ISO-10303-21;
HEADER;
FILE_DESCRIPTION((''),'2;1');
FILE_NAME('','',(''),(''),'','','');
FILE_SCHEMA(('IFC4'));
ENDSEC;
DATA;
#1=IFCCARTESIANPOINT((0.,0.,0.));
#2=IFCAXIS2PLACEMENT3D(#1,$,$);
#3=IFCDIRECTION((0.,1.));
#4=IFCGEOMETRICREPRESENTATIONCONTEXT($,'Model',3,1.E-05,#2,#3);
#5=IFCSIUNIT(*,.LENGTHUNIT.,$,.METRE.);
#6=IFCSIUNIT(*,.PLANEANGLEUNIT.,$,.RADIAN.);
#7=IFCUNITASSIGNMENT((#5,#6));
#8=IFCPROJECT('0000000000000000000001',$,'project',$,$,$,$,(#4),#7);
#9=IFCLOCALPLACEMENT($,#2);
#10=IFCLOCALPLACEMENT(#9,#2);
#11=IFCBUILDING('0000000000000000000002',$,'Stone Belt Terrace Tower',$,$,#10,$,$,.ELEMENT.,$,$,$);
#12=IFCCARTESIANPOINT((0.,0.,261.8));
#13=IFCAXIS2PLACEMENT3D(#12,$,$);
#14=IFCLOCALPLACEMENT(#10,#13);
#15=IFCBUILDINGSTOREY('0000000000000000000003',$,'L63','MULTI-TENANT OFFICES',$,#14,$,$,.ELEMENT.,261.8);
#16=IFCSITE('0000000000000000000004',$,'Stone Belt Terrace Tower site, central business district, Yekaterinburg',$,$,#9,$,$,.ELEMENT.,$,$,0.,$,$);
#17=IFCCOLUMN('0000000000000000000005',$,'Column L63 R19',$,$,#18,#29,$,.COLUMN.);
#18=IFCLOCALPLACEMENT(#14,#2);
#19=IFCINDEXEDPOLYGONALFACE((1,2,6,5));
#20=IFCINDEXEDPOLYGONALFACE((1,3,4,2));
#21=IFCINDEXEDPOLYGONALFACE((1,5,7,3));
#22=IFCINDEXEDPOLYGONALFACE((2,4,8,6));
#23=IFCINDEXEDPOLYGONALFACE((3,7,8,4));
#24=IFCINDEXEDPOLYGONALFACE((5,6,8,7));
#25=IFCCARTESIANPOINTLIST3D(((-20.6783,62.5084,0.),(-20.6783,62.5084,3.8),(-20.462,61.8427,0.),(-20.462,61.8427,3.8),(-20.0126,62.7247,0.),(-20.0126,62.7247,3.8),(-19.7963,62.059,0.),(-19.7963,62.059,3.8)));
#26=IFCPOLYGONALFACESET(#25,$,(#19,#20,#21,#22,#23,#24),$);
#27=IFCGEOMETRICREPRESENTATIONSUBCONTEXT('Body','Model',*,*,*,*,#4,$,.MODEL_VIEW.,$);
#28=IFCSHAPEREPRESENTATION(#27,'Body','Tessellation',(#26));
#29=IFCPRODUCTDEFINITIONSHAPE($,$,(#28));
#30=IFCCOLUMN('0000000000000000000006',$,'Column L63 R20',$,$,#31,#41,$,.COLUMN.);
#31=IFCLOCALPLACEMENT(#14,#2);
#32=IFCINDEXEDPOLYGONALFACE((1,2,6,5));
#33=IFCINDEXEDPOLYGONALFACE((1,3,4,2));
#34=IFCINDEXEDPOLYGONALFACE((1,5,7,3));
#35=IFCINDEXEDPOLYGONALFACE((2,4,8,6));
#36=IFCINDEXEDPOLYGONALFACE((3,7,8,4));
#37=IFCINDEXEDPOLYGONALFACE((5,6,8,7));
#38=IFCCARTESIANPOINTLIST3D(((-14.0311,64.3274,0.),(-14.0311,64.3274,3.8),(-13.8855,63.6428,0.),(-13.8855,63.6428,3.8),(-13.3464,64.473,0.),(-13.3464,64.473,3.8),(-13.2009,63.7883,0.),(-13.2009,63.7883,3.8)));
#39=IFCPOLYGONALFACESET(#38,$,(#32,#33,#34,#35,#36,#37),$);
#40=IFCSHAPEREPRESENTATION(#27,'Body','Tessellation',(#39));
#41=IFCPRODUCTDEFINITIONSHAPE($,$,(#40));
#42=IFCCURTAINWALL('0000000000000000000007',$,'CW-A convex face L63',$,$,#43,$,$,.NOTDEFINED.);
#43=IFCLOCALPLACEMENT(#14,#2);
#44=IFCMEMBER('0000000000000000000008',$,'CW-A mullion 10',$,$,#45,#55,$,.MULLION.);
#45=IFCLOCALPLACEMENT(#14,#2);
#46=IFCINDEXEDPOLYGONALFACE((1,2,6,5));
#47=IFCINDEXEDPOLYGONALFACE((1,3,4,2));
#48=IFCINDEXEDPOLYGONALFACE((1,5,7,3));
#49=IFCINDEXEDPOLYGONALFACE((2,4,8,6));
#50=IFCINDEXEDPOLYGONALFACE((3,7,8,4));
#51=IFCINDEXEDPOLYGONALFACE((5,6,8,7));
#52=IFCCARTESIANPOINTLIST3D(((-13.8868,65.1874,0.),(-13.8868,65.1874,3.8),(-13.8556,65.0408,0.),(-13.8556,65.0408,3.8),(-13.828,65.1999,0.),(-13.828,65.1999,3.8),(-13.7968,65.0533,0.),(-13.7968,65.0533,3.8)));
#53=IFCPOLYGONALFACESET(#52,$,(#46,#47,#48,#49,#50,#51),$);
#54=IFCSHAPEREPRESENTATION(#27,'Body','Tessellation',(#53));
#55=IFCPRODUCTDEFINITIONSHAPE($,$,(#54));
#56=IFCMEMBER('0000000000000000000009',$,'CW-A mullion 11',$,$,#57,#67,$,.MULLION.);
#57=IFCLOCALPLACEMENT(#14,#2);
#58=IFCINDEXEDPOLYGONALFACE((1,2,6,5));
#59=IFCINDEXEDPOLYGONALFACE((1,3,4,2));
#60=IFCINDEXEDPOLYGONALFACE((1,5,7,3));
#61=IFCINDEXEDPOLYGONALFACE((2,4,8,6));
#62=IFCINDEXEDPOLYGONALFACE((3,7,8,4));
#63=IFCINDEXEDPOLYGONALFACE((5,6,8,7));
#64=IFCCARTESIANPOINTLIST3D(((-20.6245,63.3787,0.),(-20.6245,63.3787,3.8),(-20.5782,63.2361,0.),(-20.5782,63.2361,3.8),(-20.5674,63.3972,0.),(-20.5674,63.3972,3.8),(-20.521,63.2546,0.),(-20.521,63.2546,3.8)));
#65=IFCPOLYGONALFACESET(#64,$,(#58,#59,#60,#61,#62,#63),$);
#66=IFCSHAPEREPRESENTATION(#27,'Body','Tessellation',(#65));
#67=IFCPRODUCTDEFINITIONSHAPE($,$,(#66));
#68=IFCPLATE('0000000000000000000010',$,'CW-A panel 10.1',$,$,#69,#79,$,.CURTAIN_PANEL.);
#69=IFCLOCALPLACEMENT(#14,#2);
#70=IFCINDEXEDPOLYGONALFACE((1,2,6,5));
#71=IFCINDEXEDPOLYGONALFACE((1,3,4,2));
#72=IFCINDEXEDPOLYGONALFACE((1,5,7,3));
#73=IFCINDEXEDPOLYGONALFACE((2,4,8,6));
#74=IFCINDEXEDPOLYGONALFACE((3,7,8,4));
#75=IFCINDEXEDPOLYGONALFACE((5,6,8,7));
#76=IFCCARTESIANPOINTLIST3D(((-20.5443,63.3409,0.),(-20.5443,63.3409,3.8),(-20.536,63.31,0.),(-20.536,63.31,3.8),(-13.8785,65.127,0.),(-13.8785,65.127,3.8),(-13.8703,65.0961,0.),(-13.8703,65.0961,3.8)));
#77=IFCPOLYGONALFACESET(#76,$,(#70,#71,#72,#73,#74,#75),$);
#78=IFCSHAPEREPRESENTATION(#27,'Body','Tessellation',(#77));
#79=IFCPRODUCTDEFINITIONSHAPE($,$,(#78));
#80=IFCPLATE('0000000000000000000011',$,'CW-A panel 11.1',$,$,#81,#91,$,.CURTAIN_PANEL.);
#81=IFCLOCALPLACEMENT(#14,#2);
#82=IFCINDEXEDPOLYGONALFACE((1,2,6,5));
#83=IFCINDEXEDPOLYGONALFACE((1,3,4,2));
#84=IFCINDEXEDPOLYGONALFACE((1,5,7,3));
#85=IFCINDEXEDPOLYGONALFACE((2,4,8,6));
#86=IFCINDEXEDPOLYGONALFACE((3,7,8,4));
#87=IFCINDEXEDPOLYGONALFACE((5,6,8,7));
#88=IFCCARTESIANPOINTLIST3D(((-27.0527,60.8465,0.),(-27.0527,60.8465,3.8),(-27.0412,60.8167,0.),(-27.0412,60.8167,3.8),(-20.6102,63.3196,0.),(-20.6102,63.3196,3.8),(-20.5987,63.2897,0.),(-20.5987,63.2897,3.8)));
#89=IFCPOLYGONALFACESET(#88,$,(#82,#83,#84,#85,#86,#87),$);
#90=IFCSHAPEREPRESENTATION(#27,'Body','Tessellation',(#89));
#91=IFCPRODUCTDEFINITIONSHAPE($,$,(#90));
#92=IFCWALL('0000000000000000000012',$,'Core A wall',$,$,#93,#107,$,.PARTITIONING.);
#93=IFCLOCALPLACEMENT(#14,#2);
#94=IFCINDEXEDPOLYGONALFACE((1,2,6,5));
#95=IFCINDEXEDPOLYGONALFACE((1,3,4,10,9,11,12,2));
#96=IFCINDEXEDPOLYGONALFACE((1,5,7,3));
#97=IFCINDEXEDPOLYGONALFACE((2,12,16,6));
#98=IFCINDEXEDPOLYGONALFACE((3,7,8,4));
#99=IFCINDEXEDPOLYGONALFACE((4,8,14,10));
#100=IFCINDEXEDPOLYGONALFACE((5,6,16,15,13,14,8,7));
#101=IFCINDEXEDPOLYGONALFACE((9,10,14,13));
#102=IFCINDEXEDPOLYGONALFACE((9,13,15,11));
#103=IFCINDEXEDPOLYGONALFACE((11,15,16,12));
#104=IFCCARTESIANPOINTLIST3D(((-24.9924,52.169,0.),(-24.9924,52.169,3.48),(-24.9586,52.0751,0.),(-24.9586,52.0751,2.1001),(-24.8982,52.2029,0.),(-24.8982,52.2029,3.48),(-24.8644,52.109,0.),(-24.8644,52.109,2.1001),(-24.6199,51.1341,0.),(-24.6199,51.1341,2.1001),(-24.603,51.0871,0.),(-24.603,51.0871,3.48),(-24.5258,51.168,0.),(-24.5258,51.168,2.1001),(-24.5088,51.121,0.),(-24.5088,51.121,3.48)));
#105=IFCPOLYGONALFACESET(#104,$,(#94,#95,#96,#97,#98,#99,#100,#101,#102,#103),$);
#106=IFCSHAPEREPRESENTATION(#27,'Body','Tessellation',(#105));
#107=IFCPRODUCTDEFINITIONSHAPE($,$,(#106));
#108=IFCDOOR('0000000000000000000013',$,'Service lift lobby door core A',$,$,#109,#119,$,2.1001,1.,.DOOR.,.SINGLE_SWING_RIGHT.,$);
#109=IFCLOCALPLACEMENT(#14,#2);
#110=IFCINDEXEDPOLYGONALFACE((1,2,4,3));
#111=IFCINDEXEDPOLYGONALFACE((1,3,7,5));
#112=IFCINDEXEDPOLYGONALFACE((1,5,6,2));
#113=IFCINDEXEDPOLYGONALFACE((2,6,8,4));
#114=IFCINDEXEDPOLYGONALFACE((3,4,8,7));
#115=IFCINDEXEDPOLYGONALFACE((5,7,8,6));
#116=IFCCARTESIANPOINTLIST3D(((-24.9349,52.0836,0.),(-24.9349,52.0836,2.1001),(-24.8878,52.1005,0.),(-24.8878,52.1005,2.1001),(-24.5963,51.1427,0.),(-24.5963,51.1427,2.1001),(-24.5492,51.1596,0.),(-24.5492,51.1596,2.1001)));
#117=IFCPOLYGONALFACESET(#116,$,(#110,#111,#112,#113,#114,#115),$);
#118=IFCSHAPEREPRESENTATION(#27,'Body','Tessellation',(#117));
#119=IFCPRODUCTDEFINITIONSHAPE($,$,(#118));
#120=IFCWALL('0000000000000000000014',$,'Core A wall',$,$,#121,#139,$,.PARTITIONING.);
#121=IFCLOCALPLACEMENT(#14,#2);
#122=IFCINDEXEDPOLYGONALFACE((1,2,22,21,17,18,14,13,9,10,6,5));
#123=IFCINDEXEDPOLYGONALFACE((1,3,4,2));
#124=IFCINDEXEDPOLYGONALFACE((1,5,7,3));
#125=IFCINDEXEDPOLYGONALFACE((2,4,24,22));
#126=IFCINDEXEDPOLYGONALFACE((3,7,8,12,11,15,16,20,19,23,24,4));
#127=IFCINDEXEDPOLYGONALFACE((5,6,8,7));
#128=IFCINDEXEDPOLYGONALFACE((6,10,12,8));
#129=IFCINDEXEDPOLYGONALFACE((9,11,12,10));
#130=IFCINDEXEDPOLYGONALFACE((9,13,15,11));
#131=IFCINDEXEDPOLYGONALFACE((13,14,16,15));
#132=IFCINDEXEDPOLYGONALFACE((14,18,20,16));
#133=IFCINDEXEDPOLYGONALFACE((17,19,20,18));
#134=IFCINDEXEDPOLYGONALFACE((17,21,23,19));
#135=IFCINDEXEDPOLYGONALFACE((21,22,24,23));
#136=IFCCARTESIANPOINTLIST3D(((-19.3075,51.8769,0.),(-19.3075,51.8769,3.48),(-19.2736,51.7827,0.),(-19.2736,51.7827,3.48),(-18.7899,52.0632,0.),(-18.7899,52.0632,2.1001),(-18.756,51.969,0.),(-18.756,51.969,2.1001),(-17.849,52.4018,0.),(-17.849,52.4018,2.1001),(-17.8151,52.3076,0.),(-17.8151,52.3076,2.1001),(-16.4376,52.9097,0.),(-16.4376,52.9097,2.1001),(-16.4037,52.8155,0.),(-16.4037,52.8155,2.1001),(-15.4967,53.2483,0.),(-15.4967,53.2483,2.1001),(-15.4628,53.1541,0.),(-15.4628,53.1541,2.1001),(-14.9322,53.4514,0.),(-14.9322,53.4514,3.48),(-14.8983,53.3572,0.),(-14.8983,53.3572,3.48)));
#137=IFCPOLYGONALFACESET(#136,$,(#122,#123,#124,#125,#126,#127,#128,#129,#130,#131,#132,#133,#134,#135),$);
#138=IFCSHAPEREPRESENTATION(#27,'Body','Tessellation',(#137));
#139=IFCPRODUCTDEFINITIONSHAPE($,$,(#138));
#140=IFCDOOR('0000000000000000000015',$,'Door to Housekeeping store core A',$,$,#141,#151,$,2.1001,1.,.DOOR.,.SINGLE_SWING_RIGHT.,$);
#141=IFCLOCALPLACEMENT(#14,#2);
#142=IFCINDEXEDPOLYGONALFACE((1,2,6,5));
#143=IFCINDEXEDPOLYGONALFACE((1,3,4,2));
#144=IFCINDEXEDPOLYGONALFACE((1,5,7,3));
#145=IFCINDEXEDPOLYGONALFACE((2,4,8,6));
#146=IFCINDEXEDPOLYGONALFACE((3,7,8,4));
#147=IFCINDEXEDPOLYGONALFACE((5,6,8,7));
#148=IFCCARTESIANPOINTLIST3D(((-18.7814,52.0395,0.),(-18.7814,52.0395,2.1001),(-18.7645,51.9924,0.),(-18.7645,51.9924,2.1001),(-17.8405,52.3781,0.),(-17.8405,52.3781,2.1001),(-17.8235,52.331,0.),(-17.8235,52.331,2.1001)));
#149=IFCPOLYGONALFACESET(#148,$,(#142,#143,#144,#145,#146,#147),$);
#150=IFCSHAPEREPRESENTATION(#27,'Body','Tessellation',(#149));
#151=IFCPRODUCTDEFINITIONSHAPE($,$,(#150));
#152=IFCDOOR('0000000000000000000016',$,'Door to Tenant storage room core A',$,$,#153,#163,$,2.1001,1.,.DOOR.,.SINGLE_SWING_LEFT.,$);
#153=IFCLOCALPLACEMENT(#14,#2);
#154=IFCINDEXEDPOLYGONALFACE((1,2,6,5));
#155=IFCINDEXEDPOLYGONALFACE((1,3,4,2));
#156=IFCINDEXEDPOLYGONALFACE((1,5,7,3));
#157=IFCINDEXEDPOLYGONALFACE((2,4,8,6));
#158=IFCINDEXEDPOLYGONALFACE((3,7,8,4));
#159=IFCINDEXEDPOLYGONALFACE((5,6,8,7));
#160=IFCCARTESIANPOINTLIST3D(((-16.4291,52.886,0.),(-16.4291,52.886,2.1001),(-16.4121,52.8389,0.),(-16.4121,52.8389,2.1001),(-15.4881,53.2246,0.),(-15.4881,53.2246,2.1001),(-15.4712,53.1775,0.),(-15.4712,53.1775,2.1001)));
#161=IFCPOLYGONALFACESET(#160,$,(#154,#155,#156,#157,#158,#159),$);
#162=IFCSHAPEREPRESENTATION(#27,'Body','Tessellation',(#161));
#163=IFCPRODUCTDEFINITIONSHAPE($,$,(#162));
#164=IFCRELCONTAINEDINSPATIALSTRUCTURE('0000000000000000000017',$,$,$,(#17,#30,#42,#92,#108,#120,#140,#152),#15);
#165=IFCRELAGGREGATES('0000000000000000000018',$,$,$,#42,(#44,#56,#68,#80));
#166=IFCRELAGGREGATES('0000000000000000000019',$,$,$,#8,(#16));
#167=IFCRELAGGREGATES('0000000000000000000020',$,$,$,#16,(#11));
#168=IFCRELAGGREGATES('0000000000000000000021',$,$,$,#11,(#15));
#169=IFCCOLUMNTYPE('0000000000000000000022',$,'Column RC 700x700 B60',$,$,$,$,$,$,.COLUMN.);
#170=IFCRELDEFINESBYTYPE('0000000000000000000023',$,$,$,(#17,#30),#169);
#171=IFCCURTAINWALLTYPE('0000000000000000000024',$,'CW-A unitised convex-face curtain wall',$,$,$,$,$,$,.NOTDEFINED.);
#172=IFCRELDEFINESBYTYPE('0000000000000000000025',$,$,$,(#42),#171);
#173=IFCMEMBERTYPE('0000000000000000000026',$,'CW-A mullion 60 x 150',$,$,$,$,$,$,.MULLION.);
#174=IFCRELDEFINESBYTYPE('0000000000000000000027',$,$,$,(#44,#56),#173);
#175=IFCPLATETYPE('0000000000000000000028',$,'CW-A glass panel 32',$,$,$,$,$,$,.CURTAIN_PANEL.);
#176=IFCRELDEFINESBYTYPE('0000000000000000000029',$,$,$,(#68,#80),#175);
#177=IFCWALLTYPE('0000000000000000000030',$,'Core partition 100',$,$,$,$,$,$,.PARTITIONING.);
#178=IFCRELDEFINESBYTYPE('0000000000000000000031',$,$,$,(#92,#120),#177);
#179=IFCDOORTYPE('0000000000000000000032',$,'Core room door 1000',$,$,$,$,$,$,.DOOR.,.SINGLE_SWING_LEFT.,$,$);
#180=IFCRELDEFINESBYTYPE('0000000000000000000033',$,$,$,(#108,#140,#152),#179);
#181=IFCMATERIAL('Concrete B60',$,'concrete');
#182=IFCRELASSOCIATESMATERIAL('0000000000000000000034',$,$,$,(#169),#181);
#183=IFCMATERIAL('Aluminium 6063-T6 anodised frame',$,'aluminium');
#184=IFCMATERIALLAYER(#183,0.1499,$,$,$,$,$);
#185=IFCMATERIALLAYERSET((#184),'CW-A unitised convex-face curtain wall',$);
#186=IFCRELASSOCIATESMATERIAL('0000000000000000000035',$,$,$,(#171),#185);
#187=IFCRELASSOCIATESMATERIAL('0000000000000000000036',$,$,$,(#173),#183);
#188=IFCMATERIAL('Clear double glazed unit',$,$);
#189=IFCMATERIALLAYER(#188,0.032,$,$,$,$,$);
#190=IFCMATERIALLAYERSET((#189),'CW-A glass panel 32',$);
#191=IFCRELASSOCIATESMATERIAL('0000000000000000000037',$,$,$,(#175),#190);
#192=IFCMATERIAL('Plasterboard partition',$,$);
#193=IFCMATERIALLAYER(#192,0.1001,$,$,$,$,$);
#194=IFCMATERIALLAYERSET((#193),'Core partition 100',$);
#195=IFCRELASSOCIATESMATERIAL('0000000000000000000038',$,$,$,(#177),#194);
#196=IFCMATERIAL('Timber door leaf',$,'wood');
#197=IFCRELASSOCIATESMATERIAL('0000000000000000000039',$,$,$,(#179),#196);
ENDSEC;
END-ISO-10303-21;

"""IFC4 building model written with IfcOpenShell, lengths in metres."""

from ifc_helpers import new_model, si_unit, direction, frame, frame_2d, origin, origin_2d, place, context, subcontext, project, spatial, rectangle, extrude, material, layer, layer_set, material_profile, profile_set, type_object, element, fill, aggregate, save


model = new_model("IFC4")

# Units and contexts
model_context = context("Model", 3, precision=1e-05, world=origin(), true_north=direction((0.0, 1.0)))
body_context = subcontext(model_context, "Body", "Model", "MODEL_VIEW")
ifc_project = project(units=[si_unit("LENGTHUNIT", "METRE"), si_unit("PLANEANGLEUNIT", "RADIAN")], contexts=[model_context])

# Site, building, storey
site_placement = place(None, origin())
site = spatial("IfcSite", under=ifc_project, at=site_placement, Name="Stone Belt Terrace Tower site, central business district, Yekaterinburg", CompositionType="ELEMENT", RefElevation=0.0)
building_placement = place(site_placement, origin())
building = spatial("IfcBuilding", under=site, at=building_placement, Name="Stone Belt Terrace Tower", CompositionType="ELEMENT")
storey_placement = place(building_placement, frame((0.0, 0.0, 261.8)))
storey = spatial("IfcBuildingStorey", under=building, at=storey_placement, Name="L63", Description="MULTI-TENANT OFFICES", CompositionType="ELEMENT", Elevation=261.8)

# Columns
ifc_material_1 = material(Name="Concrete B60", Category="concrete")
ifc_material_profile_1 = material_profile(ifc_material_1, rectangle(XDim=0.7, YDim=0.7, at=origin_2d()), Name="RC 700x700")
ifc_profile_set_1 = profile_set([ifc_material_profile_1], Name="Concrete B60")
column_type = type_object("IfcColumnType", Name="Column RC 700x700 B60", PredefinedType="COLUMN", material=ifc_profile_set_1)
for number, where, z_axis, x_axis, name in (
    (1, (-20.2373, 62.2837, 0.0), (0.0, 0.0, 1.0), (0.951057, 0.309017, 0.0), "Column L63 R19"),
    (2, (-13.616, 64.0579, 0.0), (0.0, 0.0, 1.0), (0.978148, 0.207912, 0.0), "Column L63 R20"),
):
    element("IfcColumn", number, at=place(storey_placement, frame(where, z_axis=z_axis, x_axis=x_axis)), inside=storey, type_object=column_type, Name=name, PredefinedType="COLUMN", context=body_context, shape_type="SweptSolid", body=[
        extrude(rectangle(XDim=0.7, YDim=0.7, at=origin_2d()), origin(), (0.0, 0.0, 1.0), 3.8),
    ])

# Curtain wall, members, plates
ifc_material_2 = material(Name="Aluminium 6063-T6 anodised frame", Category="aluminium")
ifc_layer_1 = layer(ifc_material_2, 0.1499)
ifc_layer_set_1 = layer_set([ifc_layer_1], Name="CW-A unitised convex-face curtain wall")
curtain_wall_type = type_object("IfcCurtainWallType", Name="CW-A unitised convex-face curtain wall", PredefinedType="NOTDEFINED", material=ifc_layer_set_1)
curtain_wall_placement = place(storey_placement, origin())
curtain_wall = element("IfcCurtainWall", 3, at=curtain_wall_placement, inside=storey, type_object=curtain_wall_type, Name="CW-A convex face L63", PredefinedType="NOTDEFINED")
ifc_material_profile_2 = material_profile(ifc_material_2, rectangle(XDim=0.1499, YDim=0.0601, at=origin_2d()), Name="Aluminium 6063-T6 60x150")
ifc_profile_set_2 = profile_set([ifc_material_profile_2], Name="Aluminium 6063-T6 anodised frame")
member_type = type_object("IfcMemberType", Name="CW-A mullion 60 x 150", PredefinedType="MULLION", material=ifc_profile_set_2)
member_1_placement = place(storey_placement, frame((-13.8418, 65.1204, 0.0), z_axis=(0.0, 0.0, 1.0), x_axis=(0.207912, -0.978148, 0.0)))
member_1 = element("IfcMember", 4, at=member_1_placement, type_object=member_type, Name="CW-A mullion 10", PredefinedType="MULLION", context=body_context, shape_type="SweptSolid", body=[
    extrude(rectangle(XDim=0.1499, YDim=0.0601, at=origin_2d()), origin(), (0.0, 0.0, 1.0), 3.8),
])
member_2_placement = place(storey_placement, frame((-20.5728, 63.3167, 0.0), z_axis=(0.0, 0.0, 1.0), x_axis=(0.309017, -0.951057, 0.0)))
member_2 = element("IfcMember", 5, at=member_2_placement, type_object=member_type, Name="CW-A mullion 11", PredefinedType="MULLION", context=body_context, shape_type="SweptSolid", body=[
    extrude(rectangle(XDim=0.1499, YDim=0.0601, at=origin_2d()), origin(), (0.0, 0.0, 1.0), 3.8),
])
ifc_material_3 = material(Name="Clear double glazed unit")
ifc_layer_2 = layer(ifc_material_3, 0.032)
ifc_layer_set_2 = layer_set([ifc_layer_2], Name="CW-A glass panel 32")
plate_type = type_object("IfcPlateType", Name="CW-A glass panel 32", PredefinedType="CURTAIN_PANEL", material=ifc_layer_set_2)
plate_1_placement = place(storey_placement, frame((-17.2073, 64.2185, 0.0), z_axis=(0.0, 0.0, 1.0), x_axis=(-0.965926, -0.258819, 0.0)))
plate_1 = element("IfcPlate", 6, at=plate_1_placement, type_object=plate_type, Name="CW-A panel 10.1", PredefinedType="CURTAIN_PANEL", context=body_context, shape_type="SweptSolid", body=[
    extrude(rectangle(XDim=6.9009, YDim=0.032, at=origin_2d()), origin(), (0.0, 0.0, 1.0), 3.8),
])
plate_2_placement = place(storey_placement, frame((-23.8257, 62.0681, 0.0), z_axis=(0.0, 0.0, 1.0), x_axis=(-0.93358, -0.358368, 0.0)))
plate_2 = element("IfcPlate", 7, at=plate_2_placement, type_object=plate_type, Name="CW-A panel 11.1", PredefinedType="CURTAIN_PANEL", context=body_context, shape_type="SweptSolid", body=[
    extrude(rectangle(XDim=6.9009, YDim=0.032, at=origin_2d()), origin(), (0.0, 0.0, 1.0), 3.8),
])
aggregate(curtain_wall, [member_1, member_2, plate_1, plate_2])

# Wall, opening, door
ifc_material_4 = material(Name="Plasterboard partition")
ifc_layer_3 = layer(ifc_material_4, 0.1001)
ifc_layer_set_3 = layer_set([ifc_layer_3], Name="Core partition 100")
wall_type_1 = type_object("IfcWallType", Name="Core partition 100", PredefinedType="PARTITIONING", material=ifc_layer_set_3)
wall_1_placement = place(storey_placement, frame((-24.5559, 51.104, 0.0), z_axis=(0.0, 0.0, 1.0), x_axis=(-0.338622, 0.940923, 0.0)))
wall_1 = element("IfcWall", 8, at=wall_1_placement, inside=storey, type_object=wall_type_1, Name="Core A wall", PredefinedType="PARTITIONING", context=body_context, shape_type="SweptSolid", body=[
    extrude(rectangle(XDim=1.1499, YDim=0.1001, at=frame_2d((0.575, 0.0))), origin(), (0.0, 0.0, 1.0), 3.48),
])
opening_1_placement = place(wall_1_placement, frame((0.05, 0.0, 0.0)))
opening_1 = element("IfcOpeningElement", 9, at=opening_1_placement, cuts=wall_1, PredefinedType="OPENING", context=body_context, shape_type="SweptSolid", body=[
    extrude(rectangle(XDim=1.0, YDim=2.1001, at=frame_2d((0.5, 1.05))), frame((0.0, 0.0601, 0.0), z_axis=(0.0, -1.0, 0.0), x_axis=(1.0, 0.0, 0.0)), (0.0, 0.0, 1.0), 0.1201),
])
ifc_material_5 = material(Name="Timber door leaf", Category="wood")
door_type_1 = type_object("IfcDoorType", Name="Core room door 1000", OperationType="SINGLE_SWING_LEFT", PredefinedType="DOOR", material=ifc_material_5)
door_1_placement = place(opening_1_placement, origin())
door_1 = element("IfcDoor", 10, at=door_1_placement, inside=storey, type_object=door_type_1, Name="Service lift lobby door core A", OperationType="SINGLE_SWING_RIGHT", OverallHeight=2.1001, OverallWidth=1.0, PredefinedType="DOOR", context=body_context, shape_type="SweptSolid", body=[
    extrude(rectangle(XDim=1.0, YDim=2.1001, at=frame_2d((0.5, 1.05))), frame((0.0, 0.0249, 0.0), z_axis=(0.0, -1.0, 0.0), x_axis=(1.0, 0.0, 0.0)), (0.0, 0.0, 1.0), 0.05),
])
fill(opening_1, door_1)

# Wall, openings, doors
wall_2_placement = place(storey_placement, frame((-19.2905, 51.8298, 0.0), z_axis=(0.0, 0.0, 1.0), x_axis=(0.94093, 0.3386, 0.0)))
wall_2 = element("IfcWall", 11, at=wall_2_placement, inside=storey, type_object=wall_type_1, Name="Core A wall", PredefinedType="PARTITIONING", context=body_context, shape_type="SweptSolid", body=[
    extrude(rectangle(XDim=4.6499, YDim=0.1001, at=frame_2d((2.325, 0.0))), origin(), (0.0, 0.0, 1.0), 3.48),
])
opening_2_placement = place(wall_2_placement, frame((0.55, 0.0, 0.0)))
opening_2 = element("IfcOpeningElement", 12, at=opening_2_placement, cuts=wall_2, PredefinedType="OPENING", context=body_context, shape_type="SweptSolid", body=[
    extrude(rectangle(XDim=1.0, YDim=2.1001, at=frame_2d((0.5, 1.05))), frame((0.0, 0.0601, 0.0), z_axis=(0.0, -1.0, 0.0), x_axis=(1.0, 0.0, 0.0)), (0.0, 0.0, 1.0), 0.1201),
])
opening_3_placement = place(wall_2_placement, frame((3.05, 0.0, 0.0)))
opening_3 = element("IfcOpeningElement", 13, at=opening_3_placement, cuts=wall_2, PredefinedType="OPENING", context=body_context, shape_type="SweptSolid", body=[
    extrude(rectangle(XDim=1.0, YDim=2.1001, at=frame_2d((0.5, 1.05))), frame((0.0, 0.0601, 0.0), z_axis=(0.0, -1.0, 0.0), x_axis=(1.0, 0.0, 0.0)), (0.0, 0.0, 1.0), 0.1201),
])
door_2_placement = place(opening_2_placement, origin())
door_2 = element("IfcDoor", 14, at=door_2_placement, inside=storey, type_object=door_type_1, Name="Door to Housekeeping store core A", OperationType="SINGLE_SWING_RIGHT", OverallHeight=2.1001, OverallWidth=1.0, PredefinedType="DOOR", context=body_context, shape_type="SweptSolid", body=[
    extrude(rectangle(XDim=1.0, YDim=2.1001, at=frame_2d((0.5, 1.05))), frame((0.0, 0.0249, 0.0), z_axis=(0.0, -1.0, 0.0), x_axis=(1.0, 0.0, 0.0)), (0.0, 0.0, 1.0), 0.05),
])
fill(opening_2, door_2)
door_3_placement = place(opening_3_placement, origin())
door_3 = element("IfcDoor", 15, at=door_3_placement, inside=storey, type_object=door_type_1, Name="Door to Tenant storage room core A", OperationType="SINGLE_SWING_LEFT", OverallHeight=2.1001, OverallWidth=1.0, PredefinedType="DOOR", context=body_context, shape_type="SweptSolid", body=[
    extrude(rectangle(XDim=1.0, YDim=2.1001, at=frame_2d((0.5, 1.05))), frame((0.0, 0.0249, 0.0), z_axis=(0.0, -1.0, 0.0), x_axis=(1.0, 0.0, 0.0)), (0.0, 0.0, 1.0), 0.05),
])
fill(opening_3, door_3)

save(model, "model.ifc")
